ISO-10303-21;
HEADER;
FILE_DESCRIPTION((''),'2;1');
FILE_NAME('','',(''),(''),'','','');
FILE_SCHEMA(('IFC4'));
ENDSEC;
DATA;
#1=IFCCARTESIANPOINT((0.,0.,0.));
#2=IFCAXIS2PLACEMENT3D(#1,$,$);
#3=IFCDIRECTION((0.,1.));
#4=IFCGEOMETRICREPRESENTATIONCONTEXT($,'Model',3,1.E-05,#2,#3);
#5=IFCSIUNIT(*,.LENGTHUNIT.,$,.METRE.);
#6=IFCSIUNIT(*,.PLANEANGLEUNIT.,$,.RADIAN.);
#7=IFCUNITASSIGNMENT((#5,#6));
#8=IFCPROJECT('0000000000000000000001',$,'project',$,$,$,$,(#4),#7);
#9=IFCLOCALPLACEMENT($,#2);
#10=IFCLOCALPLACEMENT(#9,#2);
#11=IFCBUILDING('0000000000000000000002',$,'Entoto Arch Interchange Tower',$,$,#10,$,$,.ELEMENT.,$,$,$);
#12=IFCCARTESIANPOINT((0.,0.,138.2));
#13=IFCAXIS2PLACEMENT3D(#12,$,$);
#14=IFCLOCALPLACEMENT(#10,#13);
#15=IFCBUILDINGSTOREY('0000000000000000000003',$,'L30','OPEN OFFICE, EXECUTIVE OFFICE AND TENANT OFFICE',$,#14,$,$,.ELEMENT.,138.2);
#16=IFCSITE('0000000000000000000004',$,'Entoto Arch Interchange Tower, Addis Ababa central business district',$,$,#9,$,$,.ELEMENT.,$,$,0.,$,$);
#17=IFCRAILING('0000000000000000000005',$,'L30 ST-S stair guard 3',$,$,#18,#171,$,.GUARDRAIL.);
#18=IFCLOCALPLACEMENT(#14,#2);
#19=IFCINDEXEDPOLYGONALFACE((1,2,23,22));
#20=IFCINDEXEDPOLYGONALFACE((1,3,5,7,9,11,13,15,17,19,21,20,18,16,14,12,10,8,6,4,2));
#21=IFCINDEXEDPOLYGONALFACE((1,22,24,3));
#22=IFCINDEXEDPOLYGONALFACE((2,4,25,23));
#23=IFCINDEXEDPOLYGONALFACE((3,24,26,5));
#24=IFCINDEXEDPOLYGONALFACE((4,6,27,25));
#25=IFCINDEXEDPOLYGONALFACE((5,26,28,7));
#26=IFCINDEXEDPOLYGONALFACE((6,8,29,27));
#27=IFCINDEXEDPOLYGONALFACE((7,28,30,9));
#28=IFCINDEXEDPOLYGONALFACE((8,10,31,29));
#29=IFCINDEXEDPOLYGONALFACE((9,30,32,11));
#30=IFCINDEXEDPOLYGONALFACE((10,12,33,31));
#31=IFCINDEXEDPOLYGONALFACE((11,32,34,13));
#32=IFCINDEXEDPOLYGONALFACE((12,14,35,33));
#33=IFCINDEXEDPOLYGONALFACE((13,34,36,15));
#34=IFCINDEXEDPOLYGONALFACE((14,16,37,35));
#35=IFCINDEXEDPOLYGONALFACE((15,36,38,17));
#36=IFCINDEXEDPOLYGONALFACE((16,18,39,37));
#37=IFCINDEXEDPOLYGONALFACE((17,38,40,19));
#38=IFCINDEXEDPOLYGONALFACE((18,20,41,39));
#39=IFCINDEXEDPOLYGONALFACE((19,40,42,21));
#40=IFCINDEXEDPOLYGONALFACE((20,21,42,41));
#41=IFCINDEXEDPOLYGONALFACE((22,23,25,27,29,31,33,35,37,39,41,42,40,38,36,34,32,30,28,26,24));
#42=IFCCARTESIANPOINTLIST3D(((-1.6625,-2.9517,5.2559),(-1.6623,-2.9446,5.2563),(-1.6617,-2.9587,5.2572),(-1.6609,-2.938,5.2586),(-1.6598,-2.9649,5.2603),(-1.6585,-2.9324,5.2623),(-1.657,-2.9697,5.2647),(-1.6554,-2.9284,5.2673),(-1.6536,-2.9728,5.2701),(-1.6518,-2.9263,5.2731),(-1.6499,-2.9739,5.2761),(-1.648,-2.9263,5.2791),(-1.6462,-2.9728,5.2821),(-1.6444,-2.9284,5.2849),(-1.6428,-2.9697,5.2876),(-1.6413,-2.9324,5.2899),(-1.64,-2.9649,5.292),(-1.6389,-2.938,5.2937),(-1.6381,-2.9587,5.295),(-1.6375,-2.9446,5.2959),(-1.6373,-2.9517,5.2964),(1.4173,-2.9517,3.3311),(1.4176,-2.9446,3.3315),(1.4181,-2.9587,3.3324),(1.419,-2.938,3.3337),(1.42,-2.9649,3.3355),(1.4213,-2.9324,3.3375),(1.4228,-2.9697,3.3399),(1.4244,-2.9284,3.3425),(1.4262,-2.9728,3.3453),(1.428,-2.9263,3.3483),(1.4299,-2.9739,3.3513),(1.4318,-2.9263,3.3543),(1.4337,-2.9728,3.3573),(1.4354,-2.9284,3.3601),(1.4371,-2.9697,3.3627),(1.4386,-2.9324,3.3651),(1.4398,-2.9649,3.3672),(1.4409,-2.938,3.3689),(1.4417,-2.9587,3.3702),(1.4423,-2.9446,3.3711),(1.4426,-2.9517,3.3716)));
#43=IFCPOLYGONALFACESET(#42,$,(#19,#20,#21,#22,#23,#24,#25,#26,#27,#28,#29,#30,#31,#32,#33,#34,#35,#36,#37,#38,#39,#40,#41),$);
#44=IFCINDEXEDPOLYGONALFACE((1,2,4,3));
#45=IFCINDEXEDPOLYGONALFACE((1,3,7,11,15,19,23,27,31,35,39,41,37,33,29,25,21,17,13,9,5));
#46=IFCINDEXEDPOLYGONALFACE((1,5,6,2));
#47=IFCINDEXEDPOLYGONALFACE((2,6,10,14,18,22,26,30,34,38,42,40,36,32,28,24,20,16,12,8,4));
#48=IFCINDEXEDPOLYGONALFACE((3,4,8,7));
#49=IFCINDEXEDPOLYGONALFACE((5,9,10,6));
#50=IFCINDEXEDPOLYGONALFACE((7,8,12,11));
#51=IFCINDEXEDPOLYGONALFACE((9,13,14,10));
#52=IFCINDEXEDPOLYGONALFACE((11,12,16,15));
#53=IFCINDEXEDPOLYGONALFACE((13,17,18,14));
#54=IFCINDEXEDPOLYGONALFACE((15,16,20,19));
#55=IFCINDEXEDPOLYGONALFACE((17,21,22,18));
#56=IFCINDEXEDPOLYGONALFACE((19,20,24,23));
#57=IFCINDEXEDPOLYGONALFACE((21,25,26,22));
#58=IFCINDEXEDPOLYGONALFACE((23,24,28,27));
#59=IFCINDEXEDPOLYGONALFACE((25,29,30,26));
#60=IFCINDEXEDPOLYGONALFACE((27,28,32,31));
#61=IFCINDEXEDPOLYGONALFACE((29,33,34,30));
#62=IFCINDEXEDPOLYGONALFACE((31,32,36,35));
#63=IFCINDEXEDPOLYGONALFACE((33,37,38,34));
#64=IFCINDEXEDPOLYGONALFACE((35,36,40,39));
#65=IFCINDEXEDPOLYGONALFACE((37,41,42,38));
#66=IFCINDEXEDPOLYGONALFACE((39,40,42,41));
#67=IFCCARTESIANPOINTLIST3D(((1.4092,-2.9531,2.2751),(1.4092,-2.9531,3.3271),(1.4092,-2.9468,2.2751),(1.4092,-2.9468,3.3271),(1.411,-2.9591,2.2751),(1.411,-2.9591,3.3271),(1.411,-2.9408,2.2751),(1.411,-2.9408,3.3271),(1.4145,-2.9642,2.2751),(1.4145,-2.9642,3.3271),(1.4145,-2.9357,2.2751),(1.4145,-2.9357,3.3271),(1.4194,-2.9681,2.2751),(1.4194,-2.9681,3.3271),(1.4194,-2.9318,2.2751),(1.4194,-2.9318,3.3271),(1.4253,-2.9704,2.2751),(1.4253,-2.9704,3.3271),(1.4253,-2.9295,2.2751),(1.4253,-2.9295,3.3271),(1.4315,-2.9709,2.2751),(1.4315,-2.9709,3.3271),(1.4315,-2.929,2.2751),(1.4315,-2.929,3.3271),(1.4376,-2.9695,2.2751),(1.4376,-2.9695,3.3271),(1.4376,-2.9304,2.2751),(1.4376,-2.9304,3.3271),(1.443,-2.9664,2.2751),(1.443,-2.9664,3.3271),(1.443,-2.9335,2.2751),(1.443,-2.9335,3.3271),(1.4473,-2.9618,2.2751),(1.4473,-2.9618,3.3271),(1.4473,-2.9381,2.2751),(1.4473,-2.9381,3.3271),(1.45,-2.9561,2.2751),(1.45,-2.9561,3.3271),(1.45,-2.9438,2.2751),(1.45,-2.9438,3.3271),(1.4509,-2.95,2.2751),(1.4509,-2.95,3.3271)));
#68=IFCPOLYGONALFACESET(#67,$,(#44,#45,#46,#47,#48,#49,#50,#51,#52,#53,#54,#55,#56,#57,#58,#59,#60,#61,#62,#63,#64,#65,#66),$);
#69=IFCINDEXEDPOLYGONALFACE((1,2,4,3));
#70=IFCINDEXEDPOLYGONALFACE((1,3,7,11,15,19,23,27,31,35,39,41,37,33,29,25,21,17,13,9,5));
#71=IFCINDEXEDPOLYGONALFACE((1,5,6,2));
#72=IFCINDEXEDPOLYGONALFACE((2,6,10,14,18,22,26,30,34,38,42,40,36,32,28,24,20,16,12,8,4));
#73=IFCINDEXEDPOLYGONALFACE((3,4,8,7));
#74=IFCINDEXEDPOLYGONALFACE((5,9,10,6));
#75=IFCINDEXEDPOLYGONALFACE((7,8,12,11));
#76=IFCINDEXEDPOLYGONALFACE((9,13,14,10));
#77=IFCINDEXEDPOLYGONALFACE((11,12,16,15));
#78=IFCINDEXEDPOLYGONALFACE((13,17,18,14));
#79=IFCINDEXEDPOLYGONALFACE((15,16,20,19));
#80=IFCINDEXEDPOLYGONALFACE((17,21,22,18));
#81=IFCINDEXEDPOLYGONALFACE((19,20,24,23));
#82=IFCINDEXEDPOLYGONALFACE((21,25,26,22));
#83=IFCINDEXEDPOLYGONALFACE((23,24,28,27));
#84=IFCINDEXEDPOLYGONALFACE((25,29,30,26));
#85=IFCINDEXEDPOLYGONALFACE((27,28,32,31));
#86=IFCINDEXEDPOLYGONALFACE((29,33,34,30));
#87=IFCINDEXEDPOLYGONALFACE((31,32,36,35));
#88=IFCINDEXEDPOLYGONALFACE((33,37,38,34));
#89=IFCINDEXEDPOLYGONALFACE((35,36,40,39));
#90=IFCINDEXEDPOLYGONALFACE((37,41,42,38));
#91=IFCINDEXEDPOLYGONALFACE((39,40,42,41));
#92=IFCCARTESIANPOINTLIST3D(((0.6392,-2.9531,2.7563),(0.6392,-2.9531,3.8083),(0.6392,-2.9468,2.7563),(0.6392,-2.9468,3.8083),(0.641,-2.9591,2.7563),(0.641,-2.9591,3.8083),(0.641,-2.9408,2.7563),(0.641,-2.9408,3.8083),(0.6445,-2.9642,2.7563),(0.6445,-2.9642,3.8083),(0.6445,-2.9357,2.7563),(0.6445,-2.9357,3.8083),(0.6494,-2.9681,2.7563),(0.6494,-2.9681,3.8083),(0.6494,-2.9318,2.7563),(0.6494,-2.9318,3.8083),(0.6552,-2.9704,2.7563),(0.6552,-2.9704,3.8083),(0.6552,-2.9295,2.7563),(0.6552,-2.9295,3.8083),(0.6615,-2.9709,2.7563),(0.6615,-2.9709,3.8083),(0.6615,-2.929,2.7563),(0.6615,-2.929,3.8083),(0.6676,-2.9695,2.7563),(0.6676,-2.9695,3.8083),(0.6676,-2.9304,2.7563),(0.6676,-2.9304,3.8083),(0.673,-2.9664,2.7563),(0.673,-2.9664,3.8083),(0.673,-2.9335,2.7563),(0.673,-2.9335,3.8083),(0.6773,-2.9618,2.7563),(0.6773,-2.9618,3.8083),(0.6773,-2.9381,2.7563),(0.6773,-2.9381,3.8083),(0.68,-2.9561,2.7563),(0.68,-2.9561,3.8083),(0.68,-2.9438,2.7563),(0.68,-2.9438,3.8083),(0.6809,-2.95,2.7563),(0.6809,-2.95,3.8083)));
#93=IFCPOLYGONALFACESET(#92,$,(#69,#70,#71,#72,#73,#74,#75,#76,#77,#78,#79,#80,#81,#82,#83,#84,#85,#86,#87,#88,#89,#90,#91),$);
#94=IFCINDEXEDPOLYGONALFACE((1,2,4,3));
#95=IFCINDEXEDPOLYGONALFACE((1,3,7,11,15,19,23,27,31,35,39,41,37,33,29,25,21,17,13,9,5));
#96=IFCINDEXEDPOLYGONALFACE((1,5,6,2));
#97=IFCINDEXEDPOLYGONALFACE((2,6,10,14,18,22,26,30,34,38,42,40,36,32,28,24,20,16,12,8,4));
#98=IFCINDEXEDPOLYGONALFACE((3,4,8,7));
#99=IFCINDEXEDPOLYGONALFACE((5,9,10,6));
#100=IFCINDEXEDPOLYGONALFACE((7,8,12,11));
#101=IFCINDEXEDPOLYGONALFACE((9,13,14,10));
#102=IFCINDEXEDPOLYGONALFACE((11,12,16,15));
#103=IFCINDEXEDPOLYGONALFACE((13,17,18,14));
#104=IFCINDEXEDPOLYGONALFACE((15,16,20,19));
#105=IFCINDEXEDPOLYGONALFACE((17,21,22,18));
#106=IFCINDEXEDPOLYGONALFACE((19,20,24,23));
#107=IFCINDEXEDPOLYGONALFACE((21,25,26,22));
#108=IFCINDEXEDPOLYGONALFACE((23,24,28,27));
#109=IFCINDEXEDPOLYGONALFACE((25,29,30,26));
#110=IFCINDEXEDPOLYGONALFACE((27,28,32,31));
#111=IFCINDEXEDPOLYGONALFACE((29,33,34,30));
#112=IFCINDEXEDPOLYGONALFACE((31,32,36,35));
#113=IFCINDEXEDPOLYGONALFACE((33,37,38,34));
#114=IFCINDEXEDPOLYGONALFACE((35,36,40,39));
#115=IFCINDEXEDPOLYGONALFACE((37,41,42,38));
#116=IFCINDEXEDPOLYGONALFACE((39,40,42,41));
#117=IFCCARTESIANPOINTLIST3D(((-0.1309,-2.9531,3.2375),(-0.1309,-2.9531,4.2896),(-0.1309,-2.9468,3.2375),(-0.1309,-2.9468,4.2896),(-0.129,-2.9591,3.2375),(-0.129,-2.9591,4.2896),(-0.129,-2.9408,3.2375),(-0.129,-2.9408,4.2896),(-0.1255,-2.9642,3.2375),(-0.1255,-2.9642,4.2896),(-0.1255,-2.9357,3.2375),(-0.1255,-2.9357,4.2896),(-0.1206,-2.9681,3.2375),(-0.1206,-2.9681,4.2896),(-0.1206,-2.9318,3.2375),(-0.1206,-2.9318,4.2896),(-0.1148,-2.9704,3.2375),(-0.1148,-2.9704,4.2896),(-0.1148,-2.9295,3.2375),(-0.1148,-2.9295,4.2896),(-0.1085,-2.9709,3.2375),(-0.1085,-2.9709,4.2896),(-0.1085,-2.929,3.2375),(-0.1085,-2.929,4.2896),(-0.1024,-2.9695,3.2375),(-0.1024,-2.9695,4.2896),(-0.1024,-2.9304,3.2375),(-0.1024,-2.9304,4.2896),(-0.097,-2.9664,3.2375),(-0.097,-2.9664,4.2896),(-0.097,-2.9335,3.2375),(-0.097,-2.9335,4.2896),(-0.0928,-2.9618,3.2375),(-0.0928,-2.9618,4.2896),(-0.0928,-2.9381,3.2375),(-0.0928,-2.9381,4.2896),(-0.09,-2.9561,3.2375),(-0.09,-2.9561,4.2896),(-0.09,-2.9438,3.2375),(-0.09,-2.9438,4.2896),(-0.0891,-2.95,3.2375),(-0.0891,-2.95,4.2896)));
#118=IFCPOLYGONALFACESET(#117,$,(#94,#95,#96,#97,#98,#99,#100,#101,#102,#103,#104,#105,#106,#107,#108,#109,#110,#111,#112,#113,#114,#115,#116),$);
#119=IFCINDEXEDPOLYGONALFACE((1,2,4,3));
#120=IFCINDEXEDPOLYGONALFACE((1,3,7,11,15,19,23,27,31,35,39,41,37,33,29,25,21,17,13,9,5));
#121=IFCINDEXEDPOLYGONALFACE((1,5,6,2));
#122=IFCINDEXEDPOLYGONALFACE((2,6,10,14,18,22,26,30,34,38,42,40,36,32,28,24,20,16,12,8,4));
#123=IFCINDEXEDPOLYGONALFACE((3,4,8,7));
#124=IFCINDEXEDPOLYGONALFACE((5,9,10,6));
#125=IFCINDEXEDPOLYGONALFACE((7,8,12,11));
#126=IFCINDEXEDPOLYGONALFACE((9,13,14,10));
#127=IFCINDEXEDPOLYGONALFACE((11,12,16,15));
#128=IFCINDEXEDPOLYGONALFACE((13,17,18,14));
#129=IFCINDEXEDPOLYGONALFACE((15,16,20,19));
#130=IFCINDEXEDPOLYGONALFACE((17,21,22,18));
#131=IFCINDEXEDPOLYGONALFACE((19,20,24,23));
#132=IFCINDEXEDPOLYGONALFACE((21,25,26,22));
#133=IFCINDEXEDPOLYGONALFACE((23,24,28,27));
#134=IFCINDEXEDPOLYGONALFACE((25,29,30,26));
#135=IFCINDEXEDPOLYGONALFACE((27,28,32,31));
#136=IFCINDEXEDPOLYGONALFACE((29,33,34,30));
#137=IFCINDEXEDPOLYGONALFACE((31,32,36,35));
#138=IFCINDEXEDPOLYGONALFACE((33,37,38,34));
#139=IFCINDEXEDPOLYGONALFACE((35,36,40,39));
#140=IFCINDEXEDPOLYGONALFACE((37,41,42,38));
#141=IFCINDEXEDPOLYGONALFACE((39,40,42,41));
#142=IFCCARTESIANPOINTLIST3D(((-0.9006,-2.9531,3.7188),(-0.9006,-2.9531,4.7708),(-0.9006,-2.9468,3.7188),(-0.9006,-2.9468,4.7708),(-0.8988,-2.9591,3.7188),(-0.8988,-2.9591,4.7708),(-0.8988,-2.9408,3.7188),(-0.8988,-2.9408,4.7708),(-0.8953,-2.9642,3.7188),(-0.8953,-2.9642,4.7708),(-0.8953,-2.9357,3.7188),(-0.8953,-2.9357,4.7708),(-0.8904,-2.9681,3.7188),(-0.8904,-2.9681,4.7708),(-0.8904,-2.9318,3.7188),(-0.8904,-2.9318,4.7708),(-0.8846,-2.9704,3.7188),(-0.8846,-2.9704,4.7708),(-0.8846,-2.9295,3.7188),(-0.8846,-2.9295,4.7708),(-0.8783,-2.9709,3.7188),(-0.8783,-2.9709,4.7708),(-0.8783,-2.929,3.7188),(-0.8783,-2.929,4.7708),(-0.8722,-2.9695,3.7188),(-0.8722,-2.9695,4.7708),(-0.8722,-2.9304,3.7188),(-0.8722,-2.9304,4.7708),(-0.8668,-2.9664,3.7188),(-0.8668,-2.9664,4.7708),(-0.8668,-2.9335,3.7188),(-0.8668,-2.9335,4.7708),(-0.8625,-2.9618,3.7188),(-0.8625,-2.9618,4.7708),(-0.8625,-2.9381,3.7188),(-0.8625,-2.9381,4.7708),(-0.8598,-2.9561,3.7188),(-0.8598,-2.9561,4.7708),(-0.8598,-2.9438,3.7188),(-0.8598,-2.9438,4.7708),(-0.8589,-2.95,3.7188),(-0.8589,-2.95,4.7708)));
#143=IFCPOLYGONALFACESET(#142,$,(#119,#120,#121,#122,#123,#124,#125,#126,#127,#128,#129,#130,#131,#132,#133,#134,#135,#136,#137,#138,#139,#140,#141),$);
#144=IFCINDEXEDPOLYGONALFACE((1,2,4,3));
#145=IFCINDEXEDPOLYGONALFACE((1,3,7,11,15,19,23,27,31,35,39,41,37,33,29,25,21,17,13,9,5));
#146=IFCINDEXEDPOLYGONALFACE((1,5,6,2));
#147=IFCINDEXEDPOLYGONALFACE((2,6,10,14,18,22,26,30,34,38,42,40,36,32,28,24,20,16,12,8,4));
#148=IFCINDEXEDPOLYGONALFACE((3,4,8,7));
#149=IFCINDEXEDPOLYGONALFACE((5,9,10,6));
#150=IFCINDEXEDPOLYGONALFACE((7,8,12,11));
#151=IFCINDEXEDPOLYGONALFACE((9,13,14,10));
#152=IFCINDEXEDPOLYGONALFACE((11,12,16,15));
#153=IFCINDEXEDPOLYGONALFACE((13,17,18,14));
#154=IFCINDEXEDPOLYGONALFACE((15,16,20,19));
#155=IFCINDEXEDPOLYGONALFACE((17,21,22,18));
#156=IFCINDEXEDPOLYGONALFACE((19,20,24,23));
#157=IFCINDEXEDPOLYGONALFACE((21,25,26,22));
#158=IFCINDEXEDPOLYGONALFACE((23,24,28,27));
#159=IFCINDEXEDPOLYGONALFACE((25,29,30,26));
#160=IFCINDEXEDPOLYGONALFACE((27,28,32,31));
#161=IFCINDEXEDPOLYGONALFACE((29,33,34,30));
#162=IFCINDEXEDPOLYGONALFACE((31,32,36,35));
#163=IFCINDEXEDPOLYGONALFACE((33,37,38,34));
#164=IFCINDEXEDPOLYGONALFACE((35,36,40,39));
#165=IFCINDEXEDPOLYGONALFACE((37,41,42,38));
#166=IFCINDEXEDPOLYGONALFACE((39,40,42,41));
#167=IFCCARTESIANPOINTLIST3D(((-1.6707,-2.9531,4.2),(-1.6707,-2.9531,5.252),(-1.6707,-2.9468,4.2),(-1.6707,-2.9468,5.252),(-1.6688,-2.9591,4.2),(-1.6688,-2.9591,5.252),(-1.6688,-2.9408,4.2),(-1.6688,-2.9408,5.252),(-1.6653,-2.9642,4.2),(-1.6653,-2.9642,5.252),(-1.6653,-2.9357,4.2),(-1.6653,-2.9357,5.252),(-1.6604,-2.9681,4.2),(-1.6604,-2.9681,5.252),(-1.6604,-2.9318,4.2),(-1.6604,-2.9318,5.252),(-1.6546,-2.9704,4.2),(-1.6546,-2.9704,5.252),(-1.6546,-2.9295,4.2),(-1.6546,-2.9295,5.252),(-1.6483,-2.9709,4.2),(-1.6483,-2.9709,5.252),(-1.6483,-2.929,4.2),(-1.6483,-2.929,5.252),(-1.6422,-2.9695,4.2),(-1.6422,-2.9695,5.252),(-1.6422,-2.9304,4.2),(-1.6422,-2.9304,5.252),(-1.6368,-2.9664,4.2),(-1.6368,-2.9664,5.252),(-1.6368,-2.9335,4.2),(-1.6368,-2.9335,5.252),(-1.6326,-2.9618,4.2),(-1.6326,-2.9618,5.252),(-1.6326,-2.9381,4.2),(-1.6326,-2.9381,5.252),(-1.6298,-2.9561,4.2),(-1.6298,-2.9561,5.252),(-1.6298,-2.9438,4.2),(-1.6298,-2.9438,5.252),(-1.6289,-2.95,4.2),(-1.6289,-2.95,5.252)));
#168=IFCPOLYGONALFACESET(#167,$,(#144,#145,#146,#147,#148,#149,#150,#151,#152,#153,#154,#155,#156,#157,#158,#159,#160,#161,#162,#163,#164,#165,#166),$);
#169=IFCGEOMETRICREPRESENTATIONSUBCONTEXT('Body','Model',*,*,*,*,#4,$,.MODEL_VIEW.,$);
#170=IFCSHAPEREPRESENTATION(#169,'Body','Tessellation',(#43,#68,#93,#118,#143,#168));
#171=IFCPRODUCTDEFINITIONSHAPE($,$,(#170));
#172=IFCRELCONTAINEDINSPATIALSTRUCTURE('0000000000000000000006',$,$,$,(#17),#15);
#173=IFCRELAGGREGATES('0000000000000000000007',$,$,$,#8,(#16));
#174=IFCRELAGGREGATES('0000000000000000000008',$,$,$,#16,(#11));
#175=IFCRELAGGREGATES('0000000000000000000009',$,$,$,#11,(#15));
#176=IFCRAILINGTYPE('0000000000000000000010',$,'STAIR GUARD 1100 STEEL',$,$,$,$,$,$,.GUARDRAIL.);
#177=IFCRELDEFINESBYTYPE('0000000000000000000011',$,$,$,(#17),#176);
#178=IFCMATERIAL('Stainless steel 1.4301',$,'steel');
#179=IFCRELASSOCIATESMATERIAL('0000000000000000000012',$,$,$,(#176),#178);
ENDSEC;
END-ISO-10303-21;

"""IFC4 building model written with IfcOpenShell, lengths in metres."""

from ifc_helpers import new_model, si_unit, direction, frame, origin, origin_2d, place, context, subcontext, project, spatial, circle, extrude, material, type_object, element, save


model = new_model("IFC4")

# Units and contexts
model_context = context("Model", 3, precision=1e-05, world=origin(), true_north=direction((0.0, 1.0)))
body_context = subcontext(model_context, "Body", "Model", "MODEL_VIEW")
ifc_project = project(units=[si_unit("LENGTHUNIT", "METRE"), si_unit("PLANEANGLEUNIT", "RADIAN")], contexts=[model_context])

# Site, building, storey
site_placement = place(None, origin())
site = spatial("IfcSite", under=ifc_project, at=site_placement, Name="Entoto Arch Interchange Tower, Addis Ababa central business district", CompositionType="ELEMENT", RefElevation=0.0)
building_placement = place(site_placement, origin())
building = spatial("IfcBuilding", under=site, at=building_placement, Name="Entoto Arch Interchange Tower", CompositionType="ELEMENT")
storey_placement = place(building_placement, frame((0.0, 0.0, 138.2)))
storey = spatial("IfcBuildingStorey", under=building, at=storey_placement, Name="L30", Description="OPEN OFFICE, EXECUTIVE OFFICE AND TENANT OFFICE", CompositionType="ELEMENT", Elevation=138.2)

# Railing
ifc_material_1 = material(Name="Stainless steel 1.4301", Category="steel")
railing_type_1 = type_object("IfcRailingType", Name="STAIR GUARD 1100 STEEL", PredefinedType="GUARDRAIL", material=ifc_material_1)
railing_1_placement = place(storey_placement, frame((1.4299, -2.95, 2.2751)))
element("IfcRailing", 1, at=railing_1_placement, inside=storey, type_object=railing_type_1, Name="L30 ST-S stair guard 3", PredefinedType="GUARDRAIL", context=body_context, shape_type="SweptSolid", body=[
    extrude(circle(Radius=0.0239, at=origin_2d()), frame((0.0, 0.0, 1.0762), z_axis=(-0.84801, 0.0, 0.529981), x_axis=(0.0, -1.0, 0.0)), (0.0, 0.0, 1.0), 3.6318),
    extrude(circle(Radius=0.021, at=origin_2d()), origin(), (0.0, 0.0, 1.0), 1.052),
    extrude(circle(Radius=0.021, at=origin_2d()), frame((-0.77, 0.0, 0.4812)), (0.0, 0.0, 1.0), 1.052),
    extrude(circle(Radius=0.021, at=origin_2d()), frame((-1.54, 0.0, 0.9624)), (0.0, 0.0, 1.0), 1.052),
    extrude(circle(Radius=0.021, at=origin_2d()), frame((-2.3098, 0.0, 1.4436)), (0.0, 0.0, 1.0), 1.052),
    extrude(circle(Radius=0.021, at=origin_2d()), frame((-3.0798, 0.0, 1.9248)), (0.0, 0.0, 1.0), 1.052),
])

save(model, "model.ifc")
